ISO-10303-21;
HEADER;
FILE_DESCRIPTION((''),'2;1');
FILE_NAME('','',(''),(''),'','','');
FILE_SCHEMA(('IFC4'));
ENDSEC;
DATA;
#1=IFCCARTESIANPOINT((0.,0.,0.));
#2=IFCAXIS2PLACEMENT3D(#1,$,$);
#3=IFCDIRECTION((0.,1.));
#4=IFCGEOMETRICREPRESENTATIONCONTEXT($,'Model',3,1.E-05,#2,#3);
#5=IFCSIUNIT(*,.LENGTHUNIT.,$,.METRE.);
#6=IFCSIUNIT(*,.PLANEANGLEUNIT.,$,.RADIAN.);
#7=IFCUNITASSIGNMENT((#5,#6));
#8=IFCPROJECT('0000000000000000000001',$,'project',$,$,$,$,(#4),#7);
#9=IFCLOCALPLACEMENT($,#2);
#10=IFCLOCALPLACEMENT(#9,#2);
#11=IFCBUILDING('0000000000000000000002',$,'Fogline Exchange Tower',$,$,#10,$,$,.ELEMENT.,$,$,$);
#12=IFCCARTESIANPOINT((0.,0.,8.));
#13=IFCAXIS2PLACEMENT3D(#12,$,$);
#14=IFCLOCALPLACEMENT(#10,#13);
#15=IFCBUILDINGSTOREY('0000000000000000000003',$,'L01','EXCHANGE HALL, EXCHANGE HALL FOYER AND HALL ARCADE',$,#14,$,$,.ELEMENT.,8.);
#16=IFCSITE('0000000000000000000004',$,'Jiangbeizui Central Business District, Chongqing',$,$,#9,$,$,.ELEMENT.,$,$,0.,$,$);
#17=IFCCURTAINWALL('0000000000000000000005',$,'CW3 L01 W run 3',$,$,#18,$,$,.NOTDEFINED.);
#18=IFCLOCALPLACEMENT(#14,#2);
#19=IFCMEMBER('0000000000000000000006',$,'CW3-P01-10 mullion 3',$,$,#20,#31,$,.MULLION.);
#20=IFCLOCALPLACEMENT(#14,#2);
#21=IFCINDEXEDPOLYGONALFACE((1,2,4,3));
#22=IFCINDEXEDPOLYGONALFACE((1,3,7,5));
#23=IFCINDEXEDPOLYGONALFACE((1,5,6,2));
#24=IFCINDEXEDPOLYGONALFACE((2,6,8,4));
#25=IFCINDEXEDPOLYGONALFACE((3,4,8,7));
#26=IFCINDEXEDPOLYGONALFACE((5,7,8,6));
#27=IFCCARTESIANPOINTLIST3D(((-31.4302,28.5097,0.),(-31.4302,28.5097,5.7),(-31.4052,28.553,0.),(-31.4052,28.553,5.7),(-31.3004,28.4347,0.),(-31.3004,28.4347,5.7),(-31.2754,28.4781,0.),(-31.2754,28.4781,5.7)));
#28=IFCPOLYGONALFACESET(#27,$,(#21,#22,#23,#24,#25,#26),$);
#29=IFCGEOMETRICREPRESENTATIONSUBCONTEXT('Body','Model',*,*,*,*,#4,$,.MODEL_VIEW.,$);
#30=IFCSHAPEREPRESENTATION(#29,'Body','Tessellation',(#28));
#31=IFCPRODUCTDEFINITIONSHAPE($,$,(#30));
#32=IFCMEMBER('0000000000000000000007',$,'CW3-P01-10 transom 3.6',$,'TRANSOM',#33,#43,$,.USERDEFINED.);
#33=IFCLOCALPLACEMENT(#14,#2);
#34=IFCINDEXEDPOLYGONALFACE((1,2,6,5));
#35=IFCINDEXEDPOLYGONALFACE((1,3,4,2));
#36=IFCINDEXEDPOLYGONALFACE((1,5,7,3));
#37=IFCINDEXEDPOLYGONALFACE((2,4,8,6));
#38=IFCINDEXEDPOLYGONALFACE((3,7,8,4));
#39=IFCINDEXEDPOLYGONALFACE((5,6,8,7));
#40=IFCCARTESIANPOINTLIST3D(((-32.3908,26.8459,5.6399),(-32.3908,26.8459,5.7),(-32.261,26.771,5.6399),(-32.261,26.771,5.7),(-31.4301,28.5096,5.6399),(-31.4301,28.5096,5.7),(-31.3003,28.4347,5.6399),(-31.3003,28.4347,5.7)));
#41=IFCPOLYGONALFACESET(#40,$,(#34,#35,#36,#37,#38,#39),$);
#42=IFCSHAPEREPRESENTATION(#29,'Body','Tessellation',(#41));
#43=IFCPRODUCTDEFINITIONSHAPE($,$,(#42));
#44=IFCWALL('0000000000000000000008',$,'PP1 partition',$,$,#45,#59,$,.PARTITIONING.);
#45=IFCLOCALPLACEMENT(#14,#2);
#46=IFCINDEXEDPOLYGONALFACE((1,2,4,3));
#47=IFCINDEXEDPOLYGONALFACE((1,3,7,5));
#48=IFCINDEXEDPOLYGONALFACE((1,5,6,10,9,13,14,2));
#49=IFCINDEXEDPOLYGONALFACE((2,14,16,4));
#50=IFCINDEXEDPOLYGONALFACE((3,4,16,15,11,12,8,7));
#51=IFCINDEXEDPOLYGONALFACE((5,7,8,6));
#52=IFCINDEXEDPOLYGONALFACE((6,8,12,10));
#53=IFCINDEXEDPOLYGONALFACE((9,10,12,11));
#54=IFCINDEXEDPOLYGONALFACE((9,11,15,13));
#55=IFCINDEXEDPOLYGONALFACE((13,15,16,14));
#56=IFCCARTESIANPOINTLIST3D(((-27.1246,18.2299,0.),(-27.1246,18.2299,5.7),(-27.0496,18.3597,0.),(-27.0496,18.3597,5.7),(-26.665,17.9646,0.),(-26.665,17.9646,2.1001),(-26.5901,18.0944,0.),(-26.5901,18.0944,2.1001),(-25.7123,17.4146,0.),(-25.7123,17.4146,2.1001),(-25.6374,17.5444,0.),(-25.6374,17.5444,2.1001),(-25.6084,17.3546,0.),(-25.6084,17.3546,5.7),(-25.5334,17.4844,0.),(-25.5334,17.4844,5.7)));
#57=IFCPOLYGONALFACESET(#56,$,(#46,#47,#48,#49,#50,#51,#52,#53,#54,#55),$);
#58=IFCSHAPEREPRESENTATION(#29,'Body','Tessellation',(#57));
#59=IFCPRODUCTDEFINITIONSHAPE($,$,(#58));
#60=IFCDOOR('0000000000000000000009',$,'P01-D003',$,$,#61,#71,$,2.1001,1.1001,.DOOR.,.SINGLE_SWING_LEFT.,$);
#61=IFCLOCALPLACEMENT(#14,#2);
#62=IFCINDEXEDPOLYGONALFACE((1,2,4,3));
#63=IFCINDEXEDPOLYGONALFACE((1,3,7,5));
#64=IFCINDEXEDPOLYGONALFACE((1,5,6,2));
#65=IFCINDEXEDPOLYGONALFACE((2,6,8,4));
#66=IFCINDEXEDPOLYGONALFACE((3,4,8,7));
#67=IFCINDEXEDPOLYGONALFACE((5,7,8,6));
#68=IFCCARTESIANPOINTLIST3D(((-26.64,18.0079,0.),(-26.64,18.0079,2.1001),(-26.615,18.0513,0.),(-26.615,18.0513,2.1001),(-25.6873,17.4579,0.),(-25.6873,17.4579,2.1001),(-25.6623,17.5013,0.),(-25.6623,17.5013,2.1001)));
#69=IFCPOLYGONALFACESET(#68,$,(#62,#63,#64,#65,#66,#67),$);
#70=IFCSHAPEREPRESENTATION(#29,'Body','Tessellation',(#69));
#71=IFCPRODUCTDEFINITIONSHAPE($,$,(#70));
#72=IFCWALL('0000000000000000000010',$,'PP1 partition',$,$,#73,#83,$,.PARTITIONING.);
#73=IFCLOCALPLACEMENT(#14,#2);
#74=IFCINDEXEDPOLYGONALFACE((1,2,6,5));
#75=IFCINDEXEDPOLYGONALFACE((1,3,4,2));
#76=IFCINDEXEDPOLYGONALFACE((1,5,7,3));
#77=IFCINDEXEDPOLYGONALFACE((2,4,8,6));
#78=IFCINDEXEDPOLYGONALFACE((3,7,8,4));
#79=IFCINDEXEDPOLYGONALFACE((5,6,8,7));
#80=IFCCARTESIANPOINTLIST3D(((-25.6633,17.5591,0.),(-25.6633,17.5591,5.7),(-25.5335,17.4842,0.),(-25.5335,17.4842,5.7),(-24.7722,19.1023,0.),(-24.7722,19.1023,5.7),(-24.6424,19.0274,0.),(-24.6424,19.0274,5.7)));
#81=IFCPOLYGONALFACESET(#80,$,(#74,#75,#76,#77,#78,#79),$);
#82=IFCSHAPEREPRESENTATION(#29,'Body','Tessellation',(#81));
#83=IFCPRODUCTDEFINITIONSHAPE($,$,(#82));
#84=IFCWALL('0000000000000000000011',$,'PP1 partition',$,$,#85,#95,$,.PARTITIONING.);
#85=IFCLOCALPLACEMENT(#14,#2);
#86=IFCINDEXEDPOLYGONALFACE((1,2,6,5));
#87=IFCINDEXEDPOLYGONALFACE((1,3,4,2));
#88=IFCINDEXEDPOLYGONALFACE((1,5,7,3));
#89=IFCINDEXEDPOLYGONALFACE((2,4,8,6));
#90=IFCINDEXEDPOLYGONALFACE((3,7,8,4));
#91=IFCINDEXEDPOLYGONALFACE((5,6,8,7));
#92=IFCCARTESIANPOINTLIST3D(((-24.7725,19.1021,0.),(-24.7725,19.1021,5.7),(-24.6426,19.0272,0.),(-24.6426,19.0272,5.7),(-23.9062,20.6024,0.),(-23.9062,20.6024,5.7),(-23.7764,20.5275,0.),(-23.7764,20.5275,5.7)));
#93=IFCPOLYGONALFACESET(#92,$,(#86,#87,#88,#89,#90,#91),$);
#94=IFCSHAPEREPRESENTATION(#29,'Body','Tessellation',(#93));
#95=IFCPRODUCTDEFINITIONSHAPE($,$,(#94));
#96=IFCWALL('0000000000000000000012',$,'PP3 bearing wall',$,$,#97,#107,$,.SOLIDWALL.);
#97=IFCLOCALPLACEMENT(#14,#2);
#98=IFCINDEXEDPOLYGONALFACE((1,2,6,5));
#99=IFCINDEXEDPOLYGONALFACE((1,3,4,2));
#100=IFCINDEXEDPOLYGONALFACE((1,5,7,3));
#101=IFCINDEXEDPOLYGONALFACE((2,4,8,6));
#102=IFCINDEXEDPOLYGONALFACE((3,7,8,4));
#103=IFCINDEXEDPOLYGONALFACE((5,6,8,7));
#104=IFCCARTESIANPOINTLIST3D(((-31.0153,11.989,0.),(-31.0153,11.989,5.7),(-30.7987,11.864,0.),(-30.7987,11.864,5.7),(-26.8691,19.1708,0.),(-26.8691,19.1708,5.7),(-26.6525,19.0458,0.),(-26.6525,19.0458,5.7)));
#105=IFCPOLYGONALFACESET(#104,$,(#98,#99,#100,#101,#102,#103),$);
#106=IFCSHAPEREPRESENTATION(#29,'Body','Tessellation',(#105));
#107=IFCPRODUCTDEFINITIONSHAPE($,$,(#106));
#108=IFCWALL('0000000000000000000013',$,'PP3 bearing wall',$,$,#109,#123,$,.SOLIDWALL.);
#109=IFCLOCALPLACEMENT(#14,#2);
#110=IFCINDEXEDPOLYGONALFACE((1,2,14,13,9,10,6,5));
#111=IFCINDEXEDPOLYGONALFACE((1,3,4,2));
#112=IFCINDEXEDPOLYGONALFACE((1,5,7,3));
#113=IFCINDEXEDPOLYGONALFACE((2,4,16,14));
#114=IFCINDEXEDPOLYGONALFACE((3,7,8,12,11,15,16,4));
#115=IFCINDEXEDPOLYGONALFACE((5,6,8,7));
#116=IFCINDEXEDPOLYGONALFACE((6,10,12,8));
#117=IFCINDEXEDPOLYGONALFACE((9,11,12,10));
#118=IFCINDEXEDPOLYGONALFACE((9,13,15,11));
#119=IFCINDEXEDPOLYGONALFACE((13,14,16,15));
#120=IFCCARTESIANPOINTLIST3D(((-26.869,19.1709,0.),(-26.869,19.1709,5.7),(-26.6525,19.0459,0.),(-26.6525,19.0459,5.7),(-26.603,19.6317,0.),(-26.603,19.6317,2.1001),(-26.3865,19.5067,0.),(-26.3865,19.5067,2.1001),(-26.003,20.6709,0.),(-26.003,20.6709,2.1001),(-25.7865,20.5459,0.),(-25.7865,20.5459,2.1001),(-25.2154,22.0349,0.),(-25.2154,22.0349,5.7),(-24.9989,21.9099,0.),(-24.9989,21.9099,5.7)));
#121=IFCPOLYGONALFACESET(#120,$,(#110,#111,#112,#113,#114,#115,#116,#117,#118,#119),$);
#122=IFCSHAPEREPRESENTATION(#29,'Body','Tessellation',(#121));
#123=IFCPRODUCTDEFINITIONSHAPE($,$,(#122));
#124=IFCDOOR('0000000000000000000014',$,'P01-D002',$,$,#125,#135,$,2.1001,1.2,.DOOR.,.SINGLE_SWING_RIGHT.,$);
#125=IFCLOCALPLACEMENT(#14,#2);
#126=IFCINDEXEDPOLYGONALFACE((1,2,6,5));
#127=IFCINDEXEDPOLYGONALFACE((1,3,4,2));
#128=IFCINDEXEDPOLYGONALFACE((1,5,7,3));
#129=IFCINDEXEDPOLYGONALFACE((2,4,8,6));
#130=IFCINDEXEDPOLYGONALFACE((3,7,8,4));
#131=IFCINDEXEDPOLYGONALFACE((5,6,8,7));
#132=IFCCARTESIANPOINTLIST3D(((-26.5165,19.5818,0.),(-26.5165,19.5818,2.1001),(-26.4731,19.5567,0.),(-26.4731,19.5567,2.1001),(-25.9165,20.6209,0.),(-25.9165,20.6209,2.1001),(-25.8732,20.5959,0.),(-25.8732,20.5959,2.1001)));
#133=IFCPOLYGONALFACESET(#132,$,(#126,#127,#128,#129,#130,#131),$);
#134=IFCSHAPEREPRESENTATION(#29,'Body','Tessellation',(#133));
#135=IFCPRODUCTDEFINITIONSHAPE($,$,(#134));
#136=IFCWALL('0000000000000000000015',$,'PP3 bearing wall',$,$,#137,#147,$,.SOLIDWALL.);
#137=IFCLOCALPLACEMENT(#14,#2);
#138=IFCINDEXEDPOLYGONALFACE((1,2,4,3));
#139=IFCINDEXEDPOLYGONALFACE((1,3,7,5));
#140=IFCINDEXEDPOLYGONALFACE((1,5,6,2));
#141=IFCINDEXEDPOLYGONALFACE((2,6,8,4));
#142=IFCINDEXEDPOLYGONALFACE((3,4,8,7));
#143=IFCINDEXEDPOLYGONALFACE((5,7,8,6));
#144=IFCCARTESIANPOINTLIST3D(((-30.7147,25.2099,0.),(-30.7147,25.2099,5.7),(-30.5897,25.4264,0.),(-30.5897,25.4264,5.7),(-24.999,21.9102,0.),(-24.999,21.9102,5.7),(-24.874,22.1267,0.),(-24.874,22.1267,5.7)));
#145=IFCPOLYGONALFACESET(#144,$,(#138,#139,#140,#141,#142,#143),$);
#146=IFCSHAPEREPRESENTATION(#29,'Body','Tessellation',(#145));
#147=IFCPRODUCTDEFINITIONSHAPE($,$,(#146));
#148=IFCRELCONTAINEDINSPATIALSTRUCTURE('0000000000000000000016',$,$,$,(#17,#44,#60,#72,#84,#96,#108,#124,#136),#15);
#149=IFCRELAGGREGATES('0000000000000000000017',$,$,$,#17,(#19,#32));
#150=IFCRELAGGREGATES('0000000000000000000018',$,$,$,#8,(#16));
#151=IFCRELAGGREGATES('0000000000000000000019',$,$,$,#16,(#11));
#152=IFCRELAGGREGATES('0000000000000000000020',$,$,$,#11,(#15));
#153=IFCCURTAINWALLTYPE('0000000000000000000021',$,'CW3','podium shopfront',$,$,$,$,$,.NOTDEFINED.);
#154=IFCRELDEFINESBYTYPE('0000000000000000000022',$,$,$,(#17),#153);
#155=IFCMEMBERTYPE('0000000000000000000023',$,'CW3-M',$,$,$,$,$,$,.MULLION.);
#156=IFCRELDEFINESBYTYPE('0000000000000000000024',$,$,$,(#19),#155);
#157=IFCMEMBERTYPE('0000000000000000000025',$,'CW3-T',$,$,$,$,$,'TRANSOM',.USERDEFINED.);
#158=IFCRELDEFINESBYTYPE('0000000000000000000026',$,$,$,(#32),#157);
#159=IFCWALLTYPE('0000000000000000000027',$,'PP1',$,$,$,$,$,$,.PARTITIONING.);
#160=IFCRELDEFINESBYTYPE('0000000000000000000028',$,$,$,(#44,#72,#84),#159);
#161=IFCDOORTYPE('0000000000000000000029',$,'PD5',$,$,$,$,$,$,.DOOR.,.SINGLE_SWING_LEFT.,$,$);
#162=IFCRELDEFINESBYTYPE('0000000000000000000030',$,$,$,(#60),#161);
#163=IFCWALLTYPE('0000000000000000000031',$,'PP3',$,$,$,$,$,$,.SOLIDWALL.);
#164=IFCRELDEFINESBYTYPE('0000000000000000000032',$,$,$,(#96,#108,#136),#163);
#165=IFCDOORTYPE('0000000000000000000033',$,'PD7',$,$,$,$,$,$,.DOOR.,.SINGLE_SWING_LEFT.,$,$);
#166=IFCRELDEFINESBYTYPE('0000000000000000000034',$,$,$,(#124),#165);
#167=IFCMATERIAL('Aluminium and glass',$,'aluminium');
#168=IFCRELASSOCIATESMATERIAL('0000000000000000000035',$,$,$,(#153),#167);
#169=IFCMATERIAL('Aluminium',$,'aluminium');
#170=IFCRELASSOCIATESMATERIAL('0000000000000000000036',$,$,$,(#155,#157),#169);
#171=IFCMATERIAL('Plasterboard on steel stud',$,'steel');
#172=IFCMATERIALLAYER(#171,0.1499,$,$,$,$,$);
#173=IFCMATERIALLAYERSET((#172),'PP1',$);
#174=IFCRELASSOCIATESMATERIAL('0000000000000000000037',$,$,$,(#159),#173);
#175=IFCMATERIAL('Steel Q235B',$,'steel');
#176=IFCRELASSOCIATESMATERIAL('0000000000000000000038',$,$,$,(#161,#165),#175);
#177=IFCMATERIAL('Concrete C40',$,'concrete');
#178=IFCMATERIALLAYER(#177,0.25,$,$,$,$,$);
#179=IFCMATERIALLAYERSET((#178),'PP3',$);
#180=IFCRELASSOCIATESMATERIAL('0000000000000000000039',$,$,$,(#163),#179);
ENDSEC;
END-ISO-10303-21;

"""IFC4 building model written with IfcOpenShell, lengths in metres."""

from ifc_helpers import new_model, si_unit, direction, frame, frame_2d, origin, origin_2d, place, context, subcontext, project, spatial, rectangle, extrude, material, layer, layer_set, material_profile, profile_set, type_object, element, fill, aggregate, save


model = new_model("IFC4")

# Units and contexts
model_context = context("Model", 3, precision=1e-05, world=origin(), true_north=direction((0.0, 1.0)))
body_context = subcontext(model_context, "Body", "Model", "MODEL_VIEW")
ifc_project = project(units=[si_unit("LENGTHUNIT", "METRE"), si_unit("PLANEANGLEUNIT", "RADIAN")], contexts=[model_context])

# Site, building, storey
site_placement = place(None, origin())
site = spatial("IfcSite", under=ifc_project, at=site_placement, Name="Jiangbeizui Central Business District, Chongqing", CompositionType="ELEMENT", RefElevation=0.0)
building_placement = place(site_placement, origin())
building = spatial("IfcBuilding", under=site, at=building_placement, Name="Fogline Exchange Tower", CompositionType="ELEMENT")
storey_placement = place(building_placement, frame((0.0, 0.0, 8.0)))
storey = spatial("IfcBuildingStorey", under=building, at=storey_placement, Name="L01", Description="EXCHANGE HALL, EXCHANGE HALL FOYER AND HALL ARCADE", CompositionType="ELEMENT", Elevation=8.0)

# Curtain wall, members
ifc_material_1 = material(Name="Aluminium and glass", Category="aluminium")
curtain_wall_type = type_object("IfcCurtainWallType", Name="CW3", Description="podium shopfront", PredefinedType="NOTDEFINED", material=ifc_material_1)
curtain_wall_placement = place(storey_placement, origin())
curtain_wall = element("IfcCurtainWall", 1, at=curtain_wall_placement, inside=storey, type_object=curtain_wall_type, Name="CW3 L01 W run 3", PredefinedType="NOTDEFINED")
ifc_material_2 = material(Name="Aluminium", Category="aluminium")
ifc_material_profile_1 = material_profile(ifc_material_2, rectangle(XDim=0.1499, YDim=0.05, at=origin_2d()), Name="Mullion 50x150")
ifc_profile_set_1 = profile_set([ifc_material_profile_1], Name="Aluminium")
member_type_1 = type_object("IfcMemberType", Name="CW3-M", PredefinedType="MULLION", material=ifc_profile_set_1)
member_1_placement = place(storey_placement, frame((-31.3528, 28.4939, 0.0), z_axis=(0.0, 0.0, 1.0), x_axis=(0.866025, -0.5, 0.0)))
member_1 = element("IfcMember", 2, at=member_1_placement, type_object=member_type_1, Name="CW3-P01-10 mullion 3", PredefinedType="MULLION", context=body_context, shape_type="SweptSolid", body=[
    extrude(rectangle(XDim=0.1499, YDim=0.05, at=origin_2d()), origin(), (0.0, 0.0, 1.0), 5.7),
])
ifc_material_profile_2 = material_profile(ifc_material_2, rectangle(XDim=0.1499, YDim=0.0601, at=origin_2d()), Name="Transom 60x150")
ifc_profile_set_2 = profile_set([ifc_material_profile_2], Name="Aluminium")
member_type_2 = type_object("IfcMemberType", Name="CW3-T", ElementType="TRANSOM", PredefinedType="USERDEFINED", material=ifc_profile_set_2)
member_2_placement = place(storey_placement, frame((-31.3652, 28.4722, 5.6699), z_axis=(-0.500034, -0.866006, 0.0), x_axis=(0.866006, -0.500034, 0.0)))
member_2 = element("IfcMember", 3, at=member_2_placement, type_object=member_type_2, Name="CW3-P01-10 transom 3.6", ObjectType="TRANSOM", PredefinedType="USERDEFINED", context=body_context, shape_type="SweptSolid", body=[
    extrude(rectangle(XDim=0.1499, YDim=0.0601, at=origin_2d()), origin(), (0.0, 0.0, 1.0), 1.9211),
])
aggregate(curtain_wall, [member_1, member_2])

# Wall, opening, door
ifc_material_3 = material(Name="Plasterboard on steel stud", Category="steel")
ifc_layer_1 = layer(ifc_material_3, 0.1499)
ifc_layer_set_1 = layer_set([ifc_layer_1], Name="PP1")
wall_type_1 = type_object("IfcWallType", Name="PP1", PredefinedType="PARTITIONING", material=ifc_layer_set_1)
wall_1_placement = place(storey_placement, frame((-25.5708, 17.4194, 0.0), z_axis=(0.0, 0.0, 1.0), x_axis=(-0.866046, 0.499964, 0.0)))
wall_1 = element("IfcWall", 4, at=wall_1_placement, inside=storey, type_object=wall_type_1, Name="PP1 partition", PredefinedType="PARTITIONING", context=body_context, shape_type="SweptSolid", body=[
    extrude(rectangle(XDim=1.7507, YDim=0.1499, at=frame_2d((0.8755, 0.0))), origin(), (0.0, 0.0, 1.0), 5.7),
])
opening_1_placement = place(wall_1_placement, frame((0.1201, 0.0, 0.0)))
opening_1 = element("IfcOpeningElement", 5, at=opening_1_placement, cuts=wall_1, PredefinedType="OPENING", context=body_context, shape_type="SweptSolid", body=[
    extrude(rectangle(XDim=1.1001, YDim=2.1001, at=frame_2d((0.55, 1.05))), frame((0.0, 0.085, 0.0), z_axis=(0.0, -1.0, 0.0), x_axis=(1.0, 0.0, 0.0)), (0.0, 0.0, 1.0), 0.1699),
])
ifc_material_4 = material(Name="Steel Q235B", Category="steel")
door_type_1 = type_object("IfcDoorType", Name="PD5", OperationType="SINGLE_SWING_LEFT", PredefinedType="DOOR", material=ifc_material_4)
door_1_placement = place(opening_1_placement, origin())
door_1 = element("IfcDoor", 6, at=door_1_placement, inside=storey, type_object=door_type_1, Name="P01-D003", OperationType="SINGLE_SWING_LEFT", OverallHeight=2.1001, OverallWidth=1.1001, PredefinedType="DOOR", context=body_context, shape_type="SweptSolid", body=[
    extrude(rectangle(XDim=1.1001, YDim=2.1001, at=frame_2d((0.55, 1.05))), frame((0.0, 0.0249, 0.0), z_axis=(0.0, -1.0, 0.0), x_axis=(1.0, 0.0, 0.0)), (0.0, 0.0, 1.0), 0.05),
])
fill(opening_1, door_1)

# Walls
wall_2_placement = place(storey_placement, frame((-24.7073, 19.0649, 0.0), z_axis=(0.0, 0.0, 1.0), x_axis=(-0.500058, -0.865992, 0.0)))
element("IfcWall", 7, at=wall_2_placement, inside=storey, type_object=wall_type_1, Name="PP1 partition", PredefinedType="PARTITIONING", context=body_context, shape_type="SweptSolid", body=[
    extrude(rectangle(XDim=1.782, YDim=0.1499, at=frame_2d((0.8911, 0.0))), origin(), (0.0, 0.0, 1.0), 5.7),
])
wall_3_placement = place(storey_placement, frame((-23.8413, 20.5649, 0.0), z_axis=(0.0, 0.0, 1.0), x_axis=(-0.500019, -0.866014, 0.0)))
element("IfcWall", 8, at=wall_3_placement, inside=storey, type_object=wall_type_1, Name="PP1 partition", PredefinedType="PARTITIONING", context=body_context, shape_type="SweptSolid", body=[
    extrude(rectangle(XDim=1.7324, YDim=0.1499, at=frame_2d((0.8662, 0.0))), origin(), (0.0, 0.0, 1.0), 5.7),
])
ifc_material_5 = material(Name="Concrete C40", Category="concrete")
ifc_layer_2 = layer(ifc_material_5, 0.25)
ifc_layer_set_2 = layer_set([ifc_layer_2], Name="PP3")
wall_type_2 = type_object("IfcWallType", Name="PP3", PredefinedType="SOLIDWALL", material=ifc_layer_set_2)
wall_4_placement = place(storey_placement, frame((-26.7607, 19.1084, 0.0), z_axis=(0.0, 0.0, 1.0), x_axis=(-0.49998, -0.866037, 0.0)))
element("IfcWall", 9, at=wall_4_placement, inside=storey, type_object=wall_type_2, Name="PP3 bearing wall", PredefinedType="SOLIDWALL", context=body_context, shape_type="SweptSolid", body=[
    extrude(rectangle(XDim=8.2927, YDim=0.25, at=frame_2d((4.1465, 0.0))), origin(), (0.0, 0.0, 1.0), 5.7),
])

# Wall, opening, door
wall_5_placement = place(storey_placement, frame((-25.1072, 21.9724, 0.0), z_axis=(0.0, 0.0, 1.0), x_axis=(-0.500006, -0.866022, 0.0)))
wall_5 = element("IfcWall", 10, at=wall_5_placement, inside=storey, type_object=wall_type_2, Name="PP3 bearing wall", PredefinedType="SOLIDWALL", context=body_context, shape_type="SweptSolid", body=[
    extrude(rectangle(XDim=3.3071, YDim=0.25, at=frame_2d((1.6536, 0.0))), origin(), (0.0, 0.0, 1.0), 5.7),
])
opening_2_placement = place(wall_5_placement, frame((1.575, 0.0, 0.0)))
opening_2 = element("IfcOpeningElement", 11, at=opening_2_placement, cuts=wall_5, PredefinedType="OPENING", context=body_context, shape_type="SweptSolid", body=[
    extrude(rectangle(XDim=1.2, YDim=2.1001, at=frame_2d((0.6001, 1.05))), frame((0.0, 0.135, 0.0), z_axis=(0.0, -1.0, 0.0), x_axis=(1.0, 0.0, 0.0)), (0.0, 0.0, 1.0), 0.27),
])
door_type_2 = type_object("IfcDoorType", Name="PD7", OperationType="SINGLE_SWING_LEFT", PredefinedType="DOOR", material=ifc_material_4)
door_2_placement = place(opening_2_placement, origin())
door_2 = element("IfcDoor", 12, at=door_2_placement, inside=storey, type_object=door_type_2, Name="P01-D002", OperationType="SINGLE_SWING_RIGHT", OverallHeight=2.1001, OverallWidth=1.2, PredefinedType="DOOR", context=body_context, shape_type="SweptSolid", body=[
    extrude(rectangle(XDim=1.2, YDim=2.1001, at=frame_2d((0.6001, 1.05))), frame((0.0, 0.0249, 0.0), z_axis=(0.0, -1.0, 0.0), x_axis=(1.0, 0.0, 0.0)), (0.0, 0.0, 1.0), 0.05),
])
fill(opening_2, door_2)

# Wall
wall_6_placement = place(storey_placement, frame((-30.6521, 25.3181, 0.0), z_axis=(0.0, 0.0, 1.0), x_axis=(0.86604, -0.499974, 0.0)))
element("IfcWall", 13, at=wall_6_placement, inside=storey, type_object=wall_type_2, Name="PP3 bearing wall", PredefinedType="SOLIDWALL", context=body_context, shape_type="SweptSolid", body=[
    extrude(rectangle(XDim=6.5999, YDim=0.25, at=frame_2d((3.2998, 0.0))), origin(), (0.0, 0.0, 1.0), 5.7),
])

save(model, "model.ifc")
